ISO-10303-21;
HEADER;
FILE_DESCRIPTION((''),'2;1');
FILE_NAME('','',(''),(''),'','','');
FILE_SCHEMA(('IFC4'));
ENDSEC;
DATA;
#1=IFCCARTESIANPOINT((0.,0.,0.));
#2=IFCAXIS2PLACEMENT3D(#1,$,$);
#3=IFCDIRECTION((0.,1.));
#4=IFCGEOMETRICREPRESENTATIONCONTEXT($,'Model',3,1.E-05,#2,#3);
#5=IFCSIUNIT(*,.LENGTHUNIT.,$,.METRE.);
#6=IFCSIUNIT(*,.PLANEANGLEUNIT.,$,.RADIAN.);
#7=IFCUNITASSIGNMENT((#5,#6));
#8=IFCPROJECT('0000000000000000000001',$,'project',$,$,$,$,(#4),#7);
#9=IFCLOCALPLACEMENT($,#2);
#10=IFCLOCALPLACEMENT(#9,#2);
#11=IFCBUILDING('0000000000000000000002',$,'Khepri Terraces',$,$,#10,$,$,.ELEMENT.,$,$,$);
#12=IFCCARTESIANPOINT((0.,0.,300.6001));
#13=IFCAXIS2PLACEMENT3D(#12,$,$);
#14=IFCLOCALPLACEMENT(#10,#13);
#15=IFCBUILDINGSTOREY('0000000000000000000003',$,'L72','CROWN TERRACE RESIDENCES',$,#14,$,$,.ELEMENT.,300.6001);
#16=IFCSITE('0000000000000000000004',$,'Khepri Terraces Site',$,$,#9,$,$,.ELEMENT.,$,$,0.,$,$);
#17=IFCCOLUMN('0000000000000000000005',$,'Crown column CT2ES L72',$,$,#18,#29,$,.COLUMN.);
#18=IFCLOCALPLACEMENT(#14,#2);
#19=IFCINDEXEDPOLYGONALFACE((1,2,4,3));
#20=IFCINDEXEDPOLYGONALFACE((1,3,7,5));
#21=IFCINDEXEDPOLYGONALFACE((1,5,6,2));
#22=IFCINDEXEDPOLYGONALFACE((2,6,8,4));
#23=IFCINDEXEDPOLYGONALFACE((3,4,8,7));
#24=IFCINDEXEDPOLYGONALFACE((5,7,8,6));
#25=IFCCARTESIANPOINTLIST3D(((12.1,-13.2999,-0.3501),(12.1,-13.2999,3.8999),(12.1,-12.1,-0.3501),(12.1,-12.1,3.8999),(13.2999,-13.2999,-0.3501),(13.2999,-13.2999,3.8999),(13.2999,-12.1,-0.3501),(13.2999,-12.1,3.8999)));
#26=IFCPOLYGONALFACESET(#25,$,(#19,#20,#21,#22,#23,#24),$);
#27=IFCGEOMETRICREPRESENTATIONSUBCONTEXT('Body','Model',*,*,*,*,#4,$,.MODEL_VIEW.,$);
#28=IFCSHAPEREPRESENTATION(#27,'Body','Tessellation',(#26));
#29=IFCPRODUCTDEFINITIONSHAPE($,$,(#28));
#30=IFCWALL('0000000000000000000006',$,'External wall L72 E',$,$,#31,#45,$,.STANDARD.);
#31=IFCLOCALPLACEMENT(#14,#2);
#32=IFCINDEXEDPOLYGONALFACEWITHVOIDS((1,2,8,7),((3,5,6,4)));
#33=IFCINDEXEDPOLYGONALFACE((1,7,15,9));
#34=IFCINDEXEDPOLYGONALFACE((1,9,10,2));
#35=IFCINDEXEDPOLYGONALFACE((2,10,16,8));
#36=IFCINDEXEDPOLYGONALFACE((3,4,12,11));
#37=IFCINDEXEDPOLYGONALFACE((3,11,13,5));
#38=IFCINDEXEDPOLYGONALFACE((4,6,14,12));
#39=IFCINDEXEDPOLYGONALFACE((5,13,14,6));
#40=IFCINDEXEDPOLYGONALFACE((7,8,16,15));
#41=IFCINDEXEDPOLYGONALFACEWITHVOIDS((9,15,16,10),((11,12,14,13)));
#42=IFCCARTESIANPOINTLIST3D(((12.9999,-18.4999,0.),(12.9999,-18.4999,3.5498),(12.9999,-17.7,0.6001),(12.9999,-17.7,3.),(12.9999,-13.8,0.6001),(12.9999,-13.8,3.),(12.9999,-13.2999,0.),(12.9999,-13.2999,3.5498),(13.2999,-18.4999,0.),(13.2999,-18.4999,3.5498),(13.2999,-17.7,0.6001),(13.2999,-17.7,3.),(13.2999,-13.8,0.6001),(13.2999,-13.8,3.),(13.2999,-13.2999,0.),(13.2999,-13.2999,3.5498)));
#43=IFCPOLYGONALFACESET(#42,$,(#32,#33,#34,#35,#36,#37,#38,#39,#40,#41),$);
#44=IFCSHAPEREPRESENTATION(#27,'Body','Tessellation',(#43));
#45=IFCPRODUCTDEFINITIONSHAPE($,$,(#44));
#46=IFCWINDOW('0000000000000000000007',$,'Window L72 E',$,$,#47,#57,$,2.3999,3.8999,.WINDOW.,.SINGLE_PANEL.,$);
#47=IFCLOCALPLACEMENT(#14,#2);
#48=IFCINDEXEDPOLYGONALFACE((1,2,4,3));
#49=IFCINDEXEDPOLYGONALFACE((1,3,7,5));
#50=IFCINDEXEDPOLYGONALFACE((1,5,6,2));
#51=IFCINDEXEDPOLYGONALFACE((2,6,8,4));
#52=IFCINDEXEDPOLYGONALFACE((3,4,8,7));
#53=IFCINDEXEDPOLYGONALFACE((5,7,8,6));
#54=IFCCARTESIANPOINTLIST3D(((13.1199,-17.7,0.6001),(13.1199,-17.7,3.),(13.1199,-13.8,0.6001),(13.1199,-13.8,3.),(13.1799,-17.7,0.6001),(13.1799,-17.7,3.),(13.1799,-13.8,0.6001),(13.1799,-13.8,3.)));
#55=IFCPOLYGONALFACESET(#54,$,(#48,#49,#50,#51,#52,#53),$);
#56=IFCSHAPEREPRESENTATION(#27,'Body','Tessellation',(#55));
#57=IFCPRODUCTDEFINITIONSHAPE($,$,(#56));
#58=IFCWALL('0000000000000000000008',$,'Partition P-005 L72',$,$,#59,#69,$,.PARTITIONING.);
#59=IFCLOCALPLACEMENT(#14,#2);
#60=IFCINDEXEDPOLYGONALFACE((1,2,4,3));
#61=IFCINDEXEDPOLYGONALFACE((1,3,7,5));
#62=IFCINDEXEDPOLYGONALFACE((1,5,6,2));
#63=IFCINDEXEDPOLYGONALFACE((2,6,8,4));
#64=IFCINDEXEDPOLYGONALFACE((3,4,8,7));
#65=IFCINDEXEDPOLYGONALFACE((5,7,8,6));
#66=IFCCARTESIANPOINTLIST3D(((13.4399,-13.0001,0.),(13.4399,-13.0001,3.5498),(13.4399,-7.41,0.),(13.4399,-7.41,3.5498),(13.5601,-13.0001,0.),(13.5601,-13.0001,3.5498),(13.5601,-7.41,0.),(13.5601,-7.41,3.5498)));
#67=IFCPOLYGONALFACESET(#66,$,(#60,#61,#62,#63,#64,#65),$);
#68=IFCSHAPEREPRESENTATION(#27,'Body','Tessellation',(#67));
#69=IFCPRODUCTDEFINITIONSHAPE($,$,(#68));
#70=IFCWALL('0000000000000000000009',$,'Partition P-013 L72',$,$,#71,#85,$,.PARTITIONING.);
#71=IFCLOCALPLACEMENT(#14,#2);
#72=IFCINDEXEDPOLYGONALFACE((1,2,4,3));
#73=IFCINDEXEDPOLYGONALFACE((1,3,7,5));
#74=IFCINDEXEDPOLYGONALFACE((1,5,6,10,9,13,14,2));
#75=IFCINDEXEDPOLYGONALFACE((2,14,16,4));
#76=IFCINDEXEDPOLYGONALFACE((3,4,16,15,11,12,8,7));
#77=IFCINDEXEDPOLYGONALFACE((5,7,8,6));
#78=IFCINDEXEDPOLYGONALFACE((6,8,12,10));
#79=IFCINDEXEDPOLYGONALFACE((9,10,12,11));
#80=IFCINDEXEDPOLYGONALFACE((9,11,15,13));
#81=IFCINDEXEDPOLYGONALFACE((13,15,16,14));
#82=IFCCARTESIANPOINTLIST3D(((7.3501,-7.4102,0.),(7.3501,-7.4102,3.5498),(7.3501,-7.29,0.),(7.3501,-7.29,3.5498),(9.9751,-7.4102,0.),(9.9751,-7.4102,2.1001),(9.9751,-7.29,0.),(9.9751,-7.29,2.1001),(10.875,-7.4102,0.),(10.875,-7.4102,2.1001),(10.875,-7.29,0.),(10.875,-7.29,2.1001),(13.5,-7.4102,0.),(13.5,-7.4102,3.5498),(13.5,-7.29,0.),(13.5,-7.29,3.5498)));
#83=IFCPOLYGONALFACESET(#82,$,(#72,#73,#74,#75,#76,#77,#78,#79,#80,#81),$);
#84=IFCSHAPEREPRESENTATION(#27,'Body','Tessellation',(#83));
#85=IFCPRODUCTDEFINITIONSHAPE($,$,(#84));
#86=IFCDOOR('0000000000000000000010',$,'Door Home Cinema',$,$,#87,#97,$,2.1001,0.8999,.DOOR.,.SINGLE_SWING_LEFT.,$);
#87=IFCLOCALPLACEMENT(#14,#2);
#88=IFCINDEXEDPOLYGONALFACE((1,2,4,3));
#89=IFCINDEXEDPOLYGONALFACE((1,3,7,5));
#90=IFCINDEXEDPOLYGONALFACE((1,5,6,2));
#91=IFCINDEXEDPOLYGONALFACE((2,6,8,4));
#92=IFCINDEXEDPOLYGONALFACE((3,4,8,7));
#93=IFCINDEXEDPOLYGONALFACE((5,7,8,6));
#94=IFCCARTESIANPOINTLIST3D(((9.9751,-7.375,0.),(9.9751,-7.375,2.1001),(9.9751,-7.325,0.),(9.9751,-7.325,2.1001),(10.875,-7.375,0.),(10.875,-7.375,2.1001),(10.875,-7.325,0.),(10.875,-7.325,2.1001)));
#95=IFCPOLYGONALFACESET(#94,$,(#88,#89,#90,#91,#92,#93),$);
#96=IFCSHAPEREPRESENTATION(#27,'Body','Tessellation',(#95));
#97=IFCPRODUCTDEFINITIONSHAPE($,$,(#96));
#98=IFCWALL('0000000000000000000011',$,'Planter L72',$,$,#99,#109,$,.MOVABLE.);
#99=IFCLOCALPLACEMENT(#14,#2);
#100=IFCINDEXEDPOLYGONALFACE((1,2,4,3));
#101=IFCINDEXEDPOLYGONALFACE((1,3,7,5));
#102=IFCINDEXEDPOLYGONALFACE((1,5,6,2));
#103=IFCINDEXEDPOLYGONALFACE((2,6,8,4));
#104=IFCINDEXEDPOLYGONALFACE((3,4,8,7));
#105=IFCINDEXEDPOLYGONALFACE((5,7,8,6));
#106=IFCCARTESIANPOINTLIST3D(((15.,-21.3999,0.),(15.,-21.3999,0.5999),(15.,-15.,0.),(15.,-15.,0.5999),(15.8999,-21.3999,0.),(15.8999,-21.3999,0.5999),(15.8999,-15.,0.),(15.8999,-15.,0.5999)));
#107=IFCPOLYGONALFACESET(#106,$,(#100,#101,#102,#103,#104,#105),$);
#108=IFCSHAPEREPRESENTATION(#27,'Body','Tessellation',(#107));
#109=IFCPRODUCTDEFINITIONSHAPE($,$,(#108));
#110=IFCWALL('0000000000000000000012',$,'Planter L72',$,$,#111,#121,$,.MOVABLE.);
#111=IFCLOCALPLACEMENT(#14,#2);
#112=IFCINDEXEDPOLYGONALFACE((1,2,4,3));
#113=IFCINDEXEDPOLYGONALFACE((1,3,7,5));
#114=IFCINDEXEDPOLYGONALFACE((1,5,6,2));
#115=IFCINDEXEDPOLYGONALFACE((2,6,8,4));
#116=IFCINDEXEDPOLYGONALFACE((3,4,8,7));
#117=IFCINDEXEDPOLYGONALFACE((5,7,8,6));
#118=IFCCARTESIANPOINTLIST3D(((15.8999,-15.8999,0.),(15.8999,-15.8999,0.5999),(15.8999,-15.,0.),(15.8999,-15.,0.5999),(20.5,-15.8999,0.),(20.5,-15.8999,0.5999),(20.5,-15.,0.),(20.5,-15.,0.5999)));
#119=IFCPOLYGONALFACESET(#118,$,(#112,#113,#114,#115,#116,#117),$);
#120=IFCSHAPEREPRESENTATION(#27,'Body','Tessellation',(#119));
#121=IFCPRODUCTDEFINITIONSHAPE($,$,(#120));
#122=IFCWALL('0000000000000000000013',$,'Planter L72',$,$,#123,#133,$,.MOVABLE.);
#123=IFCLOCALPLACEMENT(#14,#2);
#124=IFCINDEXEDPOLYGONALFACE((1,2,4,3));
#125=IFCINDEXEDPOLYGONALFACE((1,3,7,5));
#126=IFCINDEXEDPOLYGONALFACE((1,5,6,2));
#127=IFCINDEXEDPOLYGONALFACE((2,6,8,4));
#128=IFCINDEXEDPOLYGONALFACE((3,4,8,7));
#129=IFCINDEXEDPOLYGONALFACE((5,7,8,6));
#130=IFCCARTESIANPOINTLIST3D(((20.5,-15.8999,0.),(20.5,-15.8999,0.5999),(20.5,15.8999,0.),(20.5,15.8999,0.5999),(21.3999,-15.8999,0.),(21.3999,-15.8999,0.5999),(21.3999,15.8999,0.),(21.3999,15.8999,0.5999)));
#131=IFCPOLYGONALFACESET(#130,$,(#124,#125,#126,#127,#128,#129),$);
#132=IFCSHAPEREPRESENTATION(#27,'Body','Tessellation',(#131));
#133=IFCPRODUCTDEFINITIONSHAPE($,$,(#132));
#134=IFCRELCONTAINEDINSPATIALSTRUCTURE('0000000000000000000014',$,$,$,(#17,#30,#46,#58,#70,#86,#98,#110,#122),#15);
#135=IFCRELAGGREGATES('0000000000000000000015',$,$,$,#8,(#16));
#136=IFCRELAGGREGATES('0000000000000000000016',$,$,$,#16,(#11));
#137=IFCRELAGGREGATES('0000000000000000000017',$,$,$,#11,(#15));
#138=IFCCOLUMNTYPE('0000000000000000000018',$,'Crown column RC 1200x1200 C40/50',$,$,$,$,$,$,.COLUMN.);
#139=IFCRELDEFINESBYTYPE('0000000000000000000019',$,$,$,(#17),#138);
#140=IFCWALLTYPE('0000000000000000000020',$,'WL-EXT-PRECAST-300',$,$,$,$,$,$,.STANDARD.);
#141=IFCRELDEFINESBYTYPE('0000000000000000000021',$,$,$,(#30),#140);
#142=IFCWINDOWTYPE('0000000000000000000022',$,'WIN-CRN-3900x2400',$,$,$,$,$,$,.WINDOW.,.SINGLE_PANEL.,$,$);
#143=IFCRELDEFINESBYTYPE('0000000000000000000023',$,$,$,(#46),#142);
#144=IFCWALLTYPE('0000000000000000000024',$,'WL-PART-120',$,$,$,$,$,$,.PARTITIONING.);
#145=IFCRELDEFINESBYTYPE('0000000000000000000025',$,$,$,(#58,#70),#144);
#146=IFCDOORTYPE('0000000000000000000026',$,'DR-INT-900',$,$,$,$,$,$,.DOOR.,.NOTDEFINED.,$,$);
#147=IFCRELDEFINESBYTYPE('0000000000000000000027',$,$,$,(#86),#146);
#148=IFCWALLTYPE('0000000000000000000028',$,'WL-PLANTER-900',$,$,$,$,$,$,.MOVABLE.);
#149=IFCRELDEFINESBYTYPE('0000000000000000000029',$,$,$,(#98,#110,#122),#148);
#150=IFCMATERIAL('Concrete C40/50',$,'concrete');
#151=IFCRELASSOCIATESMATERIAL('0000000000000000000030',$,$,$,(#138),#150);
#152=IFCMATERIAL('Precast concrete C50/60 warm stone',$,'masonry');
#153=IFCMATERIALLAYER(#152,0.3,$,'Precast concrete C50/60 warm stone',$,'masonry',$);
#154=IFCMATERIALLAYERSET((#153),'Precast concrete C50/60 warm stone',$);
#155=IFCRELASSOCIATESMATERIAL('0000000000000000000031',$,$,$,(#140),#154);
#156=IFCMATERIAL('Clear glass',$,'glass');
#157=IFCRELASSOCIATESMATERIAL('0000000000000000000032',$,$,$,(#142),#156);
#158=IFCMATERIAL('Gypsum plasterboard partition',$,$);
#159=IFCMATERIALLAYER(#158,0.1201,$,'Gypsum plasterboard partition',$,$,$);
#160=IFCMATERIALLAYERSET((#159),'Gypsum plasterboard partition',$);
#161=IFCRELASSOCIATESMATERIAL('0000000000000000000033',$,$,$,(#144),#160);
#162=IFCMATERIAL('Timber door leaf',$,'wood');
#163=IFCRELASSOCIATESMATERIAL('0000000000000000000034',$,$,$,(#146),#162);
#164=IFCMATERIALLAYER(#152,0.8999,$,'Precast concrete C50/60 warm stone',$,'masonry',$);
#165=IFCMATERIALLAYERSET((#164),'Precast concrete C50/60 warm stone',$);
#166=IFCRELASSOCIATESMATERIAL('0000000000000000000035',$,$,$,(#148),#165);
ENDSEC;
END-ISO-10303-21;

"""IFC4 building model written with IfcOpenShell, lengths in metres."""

from ifc_helpers import new_model, si_unit, direction, frame, frame_2d, origin, origin_2d, place, context, subcontext, project, spatial, rectangle, extrude, material, layer, layer_set, material_profile, profile_set, type_object, element, fill, save


model = new_model("IFC4")

# Units and contexts
model_context = context("Model", 3, precision=1e-05, world=origin(), true_north=direction((0.0, 1.0)))
body_context = subcontext(model_context, "Body", "Model", "MODEL_VIEW")
ifc_project = project(units=[si_unit("LENGTHUNIT", "METRE"), si_unit("PLANEANGLEUNIT", "RADIAN")], contexts=[model_context])

# Site, building, storey
site_placement = place(None, origin())
site = spatial("IfcSite", under=ifc_project, at=site_placement, Name="Khepri Terraces Site", CompositionType="ELEMENT", RefElevation=0.0)
building_placement = place(site_placement, origin())
building = spatial("IfcBuilding", under=site, at=building_placement, Name="Khepri Terraces", CompositionType="ELEMENT")
storey_placement = place(building_placement, frame((0.0, 0.0, 300.6001)))
storey = spatial("IfcBuildingStorey", under=building, at=storey_placement, Name="L72", Description="CROWN TERRACE RESIDENCES", CompositionType="ELEMENT", Elevation=300.6001)

# Column
ifc_material_1 = material(Name="Concrete C40/50", Category="concrete")
ifc_material_profile = material_profile(ifc_material_1, rectangle(XDim=1.2, YDim=1.2, at=origin_2d()), Name="Concrete C40/50", Category="concrete")
ifc_profile_set = profile_set([ifc_material_profile], Name="Concrete C40/50")
column_type = type_object("IfcColumnType", Name="Crown column RC 1200x1200 C40/50", PredefinedType="COLUMN", material=ifc_profile_set)
column_placement = place(storey_placement, frame((12.7, -12.7, -0.3501), z_axis=(0.0, 0.0, 1.0), x_axis=(1.0, 0.0, 0.0)))
element("IfcColumn", 1, at=column_placement, inside=storey, type_object=column_type, Name="Crown column CT2ES L72", PredefinedType="COLUMN", context=body_context, shape_type="SweptSolid", body=[
    extrude(rectangle(XDim=1.2, YDim=1.2, at=origin_2d()), origin(), (0.0, 0.0, 1.0), 4.25),
])

# Shared definitions
ifc_material_2 = material(Name="Precast concrete C50/60 warm stone", Category="masonry")
ifc_layer_1 = layer(ifc_material_2, 0.3, Name="Precast concrete C50/60 warm stone", Category="masonry")
ifc_layer_set_1 = layer_set([ifc_layer_1], Name="Precast concrete C50/60 warm stone")
wall_type_1 = type_object("IfcWallType", Name="WL-EXT-PRECAST-300", PredefinedType="STANDARD", material=ifc_layer_set_1)
ifc_material_3 = material(Name="Clear glass", Category="glass")
window_type_1 = type_object("IfcWindowType", Name="WIN-CRN-3900x2400", PartitioningType="SINGLE_PANEL", PredefinedType="WINDOW", material=ifc_material_3)

# Wall, opening, window
wall_1_placement = place(storey_placement, frame((13.1499, -18.5, 0.0), z_axis=(0.0, 0.0, 1.0), x_axis=(0.0, 1.0, 0.0)))
wall_1 = element("IfcWall", 2, at=wall_1_placement, inside=storey, type_object=wall_type_1, Name="External wall L72 E", PredefinedType="STANDARD", context=body_context, shape_type="SweptSolid", body=[
    extrude(rectangle(XDim=5.2, YDim=0.3, at=frame_2d((2.6001, 0.0))), origin(), (0.0, 0.0, 1.0), 3.5498),
])
opening_1_placement = place(wall_1_placement, frame((0.8, 0.0, 0.6001)))
opening_1 = element("IfcOpeningElement", 3, at=opening_1_placement, cuts=wall_1, PredefinedType="OPENING", context=body_context, shape_type="SweptSolid", body=[
    extrude(rectangle(XDim=3.8999, YDim=2.3999, at=frame_2d((1.95, 1.2))), frame((0.0, 0.1602, 0.0), z_axis=(0.0, -1.0, 0.0), x_axis=(1.0, 0.0, 0.0)), (0.0, 0.0, 1.0), 0.3201),
])
window_1_placement = place(opening_1_placement, origin())
window_1 = element("IfcWindow", 4, at=window_1_placement, inside=storey, type_object=window_type_1, Name="Window L72 E", OverallHeight=2.3999, OverallWidth=3.8999, PartitioningType="SINGLE_PANEL", PredefinedType="WINDOW", context=body_context, shape_type="SweptSolid", body=[
    extrude(rectangle(XDim=3.8999, YDim=2.3999, at=frame_2d((1.95, 1.2))), frame((0.0, 0.03, 0.0), z_axis=(0.0, -1.0, 0.0), x_axis=(1.0, 0.0, 0.0)), (0.0, 0.0, 1.0), 0.0601),
])
fill(opening_1, window_1)

# Wall
ifc_material_4 = material(Name="Gypsum plasterboard partition")
ifc_layer_2 = layer(ifc_material_4, 0.1201, Name="Gypsum plasterboard partition")
ifc_layer_set_2 = layer_set([ifc_layer_2], Name="Gypsum plasterboard partition")
wall_type_2 = type_object("IfcWallType", Name="WL-PART-120", PredefinedType="PARTITIONING", material=ifc_layer_set_2)
wall_2_placement = place(storey_placement, frame((13.5, -13.0, 0.0), z_axis=(0.0, 0.0, 1.0), x_axis=(0.0, 1.0, 0.0)))
element("IfcWall", 5, at=wall_2_placement, inside=storey, type_object=wall_type_2, Name="Partition P-005 L72", PredefinedType="PARTITIONING", context=body_context, shape_type="SweptSolid", body=[
    extrude(rectangle(XDim=5.5901, YDim=0.1201, at=frame_2d((2.7949, 0.0))), origin(), (0.0, 0.0, 1.0), 3.5498),
])

# Wall, opening, door
wall_3_placement = place(storey_placement, frame((7.3501, -7.3501, 0.0), z_axis=(0.0, 0.0, 1.0), x_axis=(1.0, 0.0, 0.0)))
wall_3 = element("IfcWall", 6, at=wall_3_placement, inside=storey, type_object=wall_type_2, Name="Partition P-013 L72", PredefinedType="PARTITIONING", context=body_context, shape_type="SweptSolid", body=[
    extrude(rectangle(XDim=6.1499, YDim=0.1201, at=frame_2d((3.075, 0.0))), origin(), (0.0, 0.0, 1.0), 3.5498),
])
opening_2_placement = place(wall_3_placement, frame((2.625, 0.0, 0.0)))
opening_2 = element("IfcOpeningElement", 7, at=opening_2_placement, cuts=wall_3, PredefinedType="OPENING", context=body_context, shape_type="SweptSolid", body=[
    extrude(rectangle(XDim=0.8999, YDim=2.1001, at=frame_2d((0.45, 1.05))), frame((0.0, 0.0701, 0.0), z_axis=(0.0, -1.0, 0.0), x_axis=(1.0, 0.0, 0.0)), (0.0, 0.0, 1.0), 0.1401),
])
ifc_material_5 = material(Name="Timber door leaf", Category="wood")
door_type_1 = type_object("IfcDoorType", Name="DR-INT-900", OperationType="NOTDEFINED", PredefinedType="DOOR", material=ifc_material_5)
door_1_placement = place(opening_2_placement, frame((0.8999, 0.0, 0.0), z_axis=(0.0, 0.0, 1.0), x_axis=(-1.0, 0.0, 0.0)))
door_1 = element("IfcDoor", 8, at=door_1_placement, inside=storey, type_object=door_type_1, Name="Door Home Cinema", OperationType="SINGLE_SWING_LEFT", OverallHeight=2.1001, OverallWidth=0.8999, PredefinedType="DOOR", context=body_context, shape_type="SweptSolid", body=[
    extrude(rectangle(XDim=0.8999, YDim=2.1001, at=frame_2d((0.45, 1.05))), frame((0.0, 0.0249, 0.0), z_axis=(0.0, -1.0, 0.0), x_axis=(1.0, 0.0, 0.0)), (0.0, 0.0, 1.0), 0.05),
])
fill(opening_2, door_1)

# Walls
ifc_layer_3 = layer(ifc_material_2, 0.8999, Name="Precast concrete C50/60 warm stone", Category="masonry")
ifc_layer_set_3 = layer_set([ifc_layer_3], Name="Precast concrete C50/60 warm stone")
wall_type_3 = type_object("IfcWallType", Name="WL-PLANTER-900", PredefinedType="MOVABLE", material=ifc_layer_set_3)
wall_4_placement = place(storey_placement, frame((15.45, -21.3999, 0.0), z_axis=(0.0, 0.0, 1.0), x_axis=(0.0, 1.0, 0.0)))
element("IfcWall", 9, at=wall_4_placement, inside=storey, type_object=wall_type_3, Name="Planter L72", PredefinedType="MOVABLE", context=body_context, shape_type="SweptSolid", body=[
    extrude(rectangle(XDim=6.3999, YDim=0.8999, at=frame_2d((3.2, 0.0))), origin(), (0.0, 0.0, 1.0), 0.5999),
])
wall_5_placement = place(storey_placement, frame((15.8999, -15.45, 0.0), z_axis=(0.0, 0.0, 1.0), x_axis=(1.0, 0.0, 0.0)))
element("IfcWall", 10, at=wall_5_placement, inside=storey, type_object=wall_type_3, Name="Planter L72", PredefinedType="MOVABLE", context=body_context, shape_type="SweptSolid", body=[
    extrude(rectangle(XDim=4.6001, YDim=0.8999, at=frame_2d((2.3, 0.0))), origin(), (0.0, 0.0, 1.0), 0.5999),
])
wall_6_placement = place(storey_placement, frame((20.95, -15.8999, 0.0), z_axis=(0.0, 0.0, 1.0), x_axis=(0.0, 1.0, 0.0)))
element("IfcWall", 11, at=wall_6_placement, inside=storey, type_object=wall_type_3, Name="Planter L72", PredefinedType="MOVABLE", context=body_context, shape_type="SweptSolid", body=[
    extrude(rectangle(XDim=31.7998, YDim=0.8999, at=frame_2d((15.8999, 0.0))), origin(), (0.0, 0.0, 1.0), 0.5999),
])

save(model, "model.ifc")
